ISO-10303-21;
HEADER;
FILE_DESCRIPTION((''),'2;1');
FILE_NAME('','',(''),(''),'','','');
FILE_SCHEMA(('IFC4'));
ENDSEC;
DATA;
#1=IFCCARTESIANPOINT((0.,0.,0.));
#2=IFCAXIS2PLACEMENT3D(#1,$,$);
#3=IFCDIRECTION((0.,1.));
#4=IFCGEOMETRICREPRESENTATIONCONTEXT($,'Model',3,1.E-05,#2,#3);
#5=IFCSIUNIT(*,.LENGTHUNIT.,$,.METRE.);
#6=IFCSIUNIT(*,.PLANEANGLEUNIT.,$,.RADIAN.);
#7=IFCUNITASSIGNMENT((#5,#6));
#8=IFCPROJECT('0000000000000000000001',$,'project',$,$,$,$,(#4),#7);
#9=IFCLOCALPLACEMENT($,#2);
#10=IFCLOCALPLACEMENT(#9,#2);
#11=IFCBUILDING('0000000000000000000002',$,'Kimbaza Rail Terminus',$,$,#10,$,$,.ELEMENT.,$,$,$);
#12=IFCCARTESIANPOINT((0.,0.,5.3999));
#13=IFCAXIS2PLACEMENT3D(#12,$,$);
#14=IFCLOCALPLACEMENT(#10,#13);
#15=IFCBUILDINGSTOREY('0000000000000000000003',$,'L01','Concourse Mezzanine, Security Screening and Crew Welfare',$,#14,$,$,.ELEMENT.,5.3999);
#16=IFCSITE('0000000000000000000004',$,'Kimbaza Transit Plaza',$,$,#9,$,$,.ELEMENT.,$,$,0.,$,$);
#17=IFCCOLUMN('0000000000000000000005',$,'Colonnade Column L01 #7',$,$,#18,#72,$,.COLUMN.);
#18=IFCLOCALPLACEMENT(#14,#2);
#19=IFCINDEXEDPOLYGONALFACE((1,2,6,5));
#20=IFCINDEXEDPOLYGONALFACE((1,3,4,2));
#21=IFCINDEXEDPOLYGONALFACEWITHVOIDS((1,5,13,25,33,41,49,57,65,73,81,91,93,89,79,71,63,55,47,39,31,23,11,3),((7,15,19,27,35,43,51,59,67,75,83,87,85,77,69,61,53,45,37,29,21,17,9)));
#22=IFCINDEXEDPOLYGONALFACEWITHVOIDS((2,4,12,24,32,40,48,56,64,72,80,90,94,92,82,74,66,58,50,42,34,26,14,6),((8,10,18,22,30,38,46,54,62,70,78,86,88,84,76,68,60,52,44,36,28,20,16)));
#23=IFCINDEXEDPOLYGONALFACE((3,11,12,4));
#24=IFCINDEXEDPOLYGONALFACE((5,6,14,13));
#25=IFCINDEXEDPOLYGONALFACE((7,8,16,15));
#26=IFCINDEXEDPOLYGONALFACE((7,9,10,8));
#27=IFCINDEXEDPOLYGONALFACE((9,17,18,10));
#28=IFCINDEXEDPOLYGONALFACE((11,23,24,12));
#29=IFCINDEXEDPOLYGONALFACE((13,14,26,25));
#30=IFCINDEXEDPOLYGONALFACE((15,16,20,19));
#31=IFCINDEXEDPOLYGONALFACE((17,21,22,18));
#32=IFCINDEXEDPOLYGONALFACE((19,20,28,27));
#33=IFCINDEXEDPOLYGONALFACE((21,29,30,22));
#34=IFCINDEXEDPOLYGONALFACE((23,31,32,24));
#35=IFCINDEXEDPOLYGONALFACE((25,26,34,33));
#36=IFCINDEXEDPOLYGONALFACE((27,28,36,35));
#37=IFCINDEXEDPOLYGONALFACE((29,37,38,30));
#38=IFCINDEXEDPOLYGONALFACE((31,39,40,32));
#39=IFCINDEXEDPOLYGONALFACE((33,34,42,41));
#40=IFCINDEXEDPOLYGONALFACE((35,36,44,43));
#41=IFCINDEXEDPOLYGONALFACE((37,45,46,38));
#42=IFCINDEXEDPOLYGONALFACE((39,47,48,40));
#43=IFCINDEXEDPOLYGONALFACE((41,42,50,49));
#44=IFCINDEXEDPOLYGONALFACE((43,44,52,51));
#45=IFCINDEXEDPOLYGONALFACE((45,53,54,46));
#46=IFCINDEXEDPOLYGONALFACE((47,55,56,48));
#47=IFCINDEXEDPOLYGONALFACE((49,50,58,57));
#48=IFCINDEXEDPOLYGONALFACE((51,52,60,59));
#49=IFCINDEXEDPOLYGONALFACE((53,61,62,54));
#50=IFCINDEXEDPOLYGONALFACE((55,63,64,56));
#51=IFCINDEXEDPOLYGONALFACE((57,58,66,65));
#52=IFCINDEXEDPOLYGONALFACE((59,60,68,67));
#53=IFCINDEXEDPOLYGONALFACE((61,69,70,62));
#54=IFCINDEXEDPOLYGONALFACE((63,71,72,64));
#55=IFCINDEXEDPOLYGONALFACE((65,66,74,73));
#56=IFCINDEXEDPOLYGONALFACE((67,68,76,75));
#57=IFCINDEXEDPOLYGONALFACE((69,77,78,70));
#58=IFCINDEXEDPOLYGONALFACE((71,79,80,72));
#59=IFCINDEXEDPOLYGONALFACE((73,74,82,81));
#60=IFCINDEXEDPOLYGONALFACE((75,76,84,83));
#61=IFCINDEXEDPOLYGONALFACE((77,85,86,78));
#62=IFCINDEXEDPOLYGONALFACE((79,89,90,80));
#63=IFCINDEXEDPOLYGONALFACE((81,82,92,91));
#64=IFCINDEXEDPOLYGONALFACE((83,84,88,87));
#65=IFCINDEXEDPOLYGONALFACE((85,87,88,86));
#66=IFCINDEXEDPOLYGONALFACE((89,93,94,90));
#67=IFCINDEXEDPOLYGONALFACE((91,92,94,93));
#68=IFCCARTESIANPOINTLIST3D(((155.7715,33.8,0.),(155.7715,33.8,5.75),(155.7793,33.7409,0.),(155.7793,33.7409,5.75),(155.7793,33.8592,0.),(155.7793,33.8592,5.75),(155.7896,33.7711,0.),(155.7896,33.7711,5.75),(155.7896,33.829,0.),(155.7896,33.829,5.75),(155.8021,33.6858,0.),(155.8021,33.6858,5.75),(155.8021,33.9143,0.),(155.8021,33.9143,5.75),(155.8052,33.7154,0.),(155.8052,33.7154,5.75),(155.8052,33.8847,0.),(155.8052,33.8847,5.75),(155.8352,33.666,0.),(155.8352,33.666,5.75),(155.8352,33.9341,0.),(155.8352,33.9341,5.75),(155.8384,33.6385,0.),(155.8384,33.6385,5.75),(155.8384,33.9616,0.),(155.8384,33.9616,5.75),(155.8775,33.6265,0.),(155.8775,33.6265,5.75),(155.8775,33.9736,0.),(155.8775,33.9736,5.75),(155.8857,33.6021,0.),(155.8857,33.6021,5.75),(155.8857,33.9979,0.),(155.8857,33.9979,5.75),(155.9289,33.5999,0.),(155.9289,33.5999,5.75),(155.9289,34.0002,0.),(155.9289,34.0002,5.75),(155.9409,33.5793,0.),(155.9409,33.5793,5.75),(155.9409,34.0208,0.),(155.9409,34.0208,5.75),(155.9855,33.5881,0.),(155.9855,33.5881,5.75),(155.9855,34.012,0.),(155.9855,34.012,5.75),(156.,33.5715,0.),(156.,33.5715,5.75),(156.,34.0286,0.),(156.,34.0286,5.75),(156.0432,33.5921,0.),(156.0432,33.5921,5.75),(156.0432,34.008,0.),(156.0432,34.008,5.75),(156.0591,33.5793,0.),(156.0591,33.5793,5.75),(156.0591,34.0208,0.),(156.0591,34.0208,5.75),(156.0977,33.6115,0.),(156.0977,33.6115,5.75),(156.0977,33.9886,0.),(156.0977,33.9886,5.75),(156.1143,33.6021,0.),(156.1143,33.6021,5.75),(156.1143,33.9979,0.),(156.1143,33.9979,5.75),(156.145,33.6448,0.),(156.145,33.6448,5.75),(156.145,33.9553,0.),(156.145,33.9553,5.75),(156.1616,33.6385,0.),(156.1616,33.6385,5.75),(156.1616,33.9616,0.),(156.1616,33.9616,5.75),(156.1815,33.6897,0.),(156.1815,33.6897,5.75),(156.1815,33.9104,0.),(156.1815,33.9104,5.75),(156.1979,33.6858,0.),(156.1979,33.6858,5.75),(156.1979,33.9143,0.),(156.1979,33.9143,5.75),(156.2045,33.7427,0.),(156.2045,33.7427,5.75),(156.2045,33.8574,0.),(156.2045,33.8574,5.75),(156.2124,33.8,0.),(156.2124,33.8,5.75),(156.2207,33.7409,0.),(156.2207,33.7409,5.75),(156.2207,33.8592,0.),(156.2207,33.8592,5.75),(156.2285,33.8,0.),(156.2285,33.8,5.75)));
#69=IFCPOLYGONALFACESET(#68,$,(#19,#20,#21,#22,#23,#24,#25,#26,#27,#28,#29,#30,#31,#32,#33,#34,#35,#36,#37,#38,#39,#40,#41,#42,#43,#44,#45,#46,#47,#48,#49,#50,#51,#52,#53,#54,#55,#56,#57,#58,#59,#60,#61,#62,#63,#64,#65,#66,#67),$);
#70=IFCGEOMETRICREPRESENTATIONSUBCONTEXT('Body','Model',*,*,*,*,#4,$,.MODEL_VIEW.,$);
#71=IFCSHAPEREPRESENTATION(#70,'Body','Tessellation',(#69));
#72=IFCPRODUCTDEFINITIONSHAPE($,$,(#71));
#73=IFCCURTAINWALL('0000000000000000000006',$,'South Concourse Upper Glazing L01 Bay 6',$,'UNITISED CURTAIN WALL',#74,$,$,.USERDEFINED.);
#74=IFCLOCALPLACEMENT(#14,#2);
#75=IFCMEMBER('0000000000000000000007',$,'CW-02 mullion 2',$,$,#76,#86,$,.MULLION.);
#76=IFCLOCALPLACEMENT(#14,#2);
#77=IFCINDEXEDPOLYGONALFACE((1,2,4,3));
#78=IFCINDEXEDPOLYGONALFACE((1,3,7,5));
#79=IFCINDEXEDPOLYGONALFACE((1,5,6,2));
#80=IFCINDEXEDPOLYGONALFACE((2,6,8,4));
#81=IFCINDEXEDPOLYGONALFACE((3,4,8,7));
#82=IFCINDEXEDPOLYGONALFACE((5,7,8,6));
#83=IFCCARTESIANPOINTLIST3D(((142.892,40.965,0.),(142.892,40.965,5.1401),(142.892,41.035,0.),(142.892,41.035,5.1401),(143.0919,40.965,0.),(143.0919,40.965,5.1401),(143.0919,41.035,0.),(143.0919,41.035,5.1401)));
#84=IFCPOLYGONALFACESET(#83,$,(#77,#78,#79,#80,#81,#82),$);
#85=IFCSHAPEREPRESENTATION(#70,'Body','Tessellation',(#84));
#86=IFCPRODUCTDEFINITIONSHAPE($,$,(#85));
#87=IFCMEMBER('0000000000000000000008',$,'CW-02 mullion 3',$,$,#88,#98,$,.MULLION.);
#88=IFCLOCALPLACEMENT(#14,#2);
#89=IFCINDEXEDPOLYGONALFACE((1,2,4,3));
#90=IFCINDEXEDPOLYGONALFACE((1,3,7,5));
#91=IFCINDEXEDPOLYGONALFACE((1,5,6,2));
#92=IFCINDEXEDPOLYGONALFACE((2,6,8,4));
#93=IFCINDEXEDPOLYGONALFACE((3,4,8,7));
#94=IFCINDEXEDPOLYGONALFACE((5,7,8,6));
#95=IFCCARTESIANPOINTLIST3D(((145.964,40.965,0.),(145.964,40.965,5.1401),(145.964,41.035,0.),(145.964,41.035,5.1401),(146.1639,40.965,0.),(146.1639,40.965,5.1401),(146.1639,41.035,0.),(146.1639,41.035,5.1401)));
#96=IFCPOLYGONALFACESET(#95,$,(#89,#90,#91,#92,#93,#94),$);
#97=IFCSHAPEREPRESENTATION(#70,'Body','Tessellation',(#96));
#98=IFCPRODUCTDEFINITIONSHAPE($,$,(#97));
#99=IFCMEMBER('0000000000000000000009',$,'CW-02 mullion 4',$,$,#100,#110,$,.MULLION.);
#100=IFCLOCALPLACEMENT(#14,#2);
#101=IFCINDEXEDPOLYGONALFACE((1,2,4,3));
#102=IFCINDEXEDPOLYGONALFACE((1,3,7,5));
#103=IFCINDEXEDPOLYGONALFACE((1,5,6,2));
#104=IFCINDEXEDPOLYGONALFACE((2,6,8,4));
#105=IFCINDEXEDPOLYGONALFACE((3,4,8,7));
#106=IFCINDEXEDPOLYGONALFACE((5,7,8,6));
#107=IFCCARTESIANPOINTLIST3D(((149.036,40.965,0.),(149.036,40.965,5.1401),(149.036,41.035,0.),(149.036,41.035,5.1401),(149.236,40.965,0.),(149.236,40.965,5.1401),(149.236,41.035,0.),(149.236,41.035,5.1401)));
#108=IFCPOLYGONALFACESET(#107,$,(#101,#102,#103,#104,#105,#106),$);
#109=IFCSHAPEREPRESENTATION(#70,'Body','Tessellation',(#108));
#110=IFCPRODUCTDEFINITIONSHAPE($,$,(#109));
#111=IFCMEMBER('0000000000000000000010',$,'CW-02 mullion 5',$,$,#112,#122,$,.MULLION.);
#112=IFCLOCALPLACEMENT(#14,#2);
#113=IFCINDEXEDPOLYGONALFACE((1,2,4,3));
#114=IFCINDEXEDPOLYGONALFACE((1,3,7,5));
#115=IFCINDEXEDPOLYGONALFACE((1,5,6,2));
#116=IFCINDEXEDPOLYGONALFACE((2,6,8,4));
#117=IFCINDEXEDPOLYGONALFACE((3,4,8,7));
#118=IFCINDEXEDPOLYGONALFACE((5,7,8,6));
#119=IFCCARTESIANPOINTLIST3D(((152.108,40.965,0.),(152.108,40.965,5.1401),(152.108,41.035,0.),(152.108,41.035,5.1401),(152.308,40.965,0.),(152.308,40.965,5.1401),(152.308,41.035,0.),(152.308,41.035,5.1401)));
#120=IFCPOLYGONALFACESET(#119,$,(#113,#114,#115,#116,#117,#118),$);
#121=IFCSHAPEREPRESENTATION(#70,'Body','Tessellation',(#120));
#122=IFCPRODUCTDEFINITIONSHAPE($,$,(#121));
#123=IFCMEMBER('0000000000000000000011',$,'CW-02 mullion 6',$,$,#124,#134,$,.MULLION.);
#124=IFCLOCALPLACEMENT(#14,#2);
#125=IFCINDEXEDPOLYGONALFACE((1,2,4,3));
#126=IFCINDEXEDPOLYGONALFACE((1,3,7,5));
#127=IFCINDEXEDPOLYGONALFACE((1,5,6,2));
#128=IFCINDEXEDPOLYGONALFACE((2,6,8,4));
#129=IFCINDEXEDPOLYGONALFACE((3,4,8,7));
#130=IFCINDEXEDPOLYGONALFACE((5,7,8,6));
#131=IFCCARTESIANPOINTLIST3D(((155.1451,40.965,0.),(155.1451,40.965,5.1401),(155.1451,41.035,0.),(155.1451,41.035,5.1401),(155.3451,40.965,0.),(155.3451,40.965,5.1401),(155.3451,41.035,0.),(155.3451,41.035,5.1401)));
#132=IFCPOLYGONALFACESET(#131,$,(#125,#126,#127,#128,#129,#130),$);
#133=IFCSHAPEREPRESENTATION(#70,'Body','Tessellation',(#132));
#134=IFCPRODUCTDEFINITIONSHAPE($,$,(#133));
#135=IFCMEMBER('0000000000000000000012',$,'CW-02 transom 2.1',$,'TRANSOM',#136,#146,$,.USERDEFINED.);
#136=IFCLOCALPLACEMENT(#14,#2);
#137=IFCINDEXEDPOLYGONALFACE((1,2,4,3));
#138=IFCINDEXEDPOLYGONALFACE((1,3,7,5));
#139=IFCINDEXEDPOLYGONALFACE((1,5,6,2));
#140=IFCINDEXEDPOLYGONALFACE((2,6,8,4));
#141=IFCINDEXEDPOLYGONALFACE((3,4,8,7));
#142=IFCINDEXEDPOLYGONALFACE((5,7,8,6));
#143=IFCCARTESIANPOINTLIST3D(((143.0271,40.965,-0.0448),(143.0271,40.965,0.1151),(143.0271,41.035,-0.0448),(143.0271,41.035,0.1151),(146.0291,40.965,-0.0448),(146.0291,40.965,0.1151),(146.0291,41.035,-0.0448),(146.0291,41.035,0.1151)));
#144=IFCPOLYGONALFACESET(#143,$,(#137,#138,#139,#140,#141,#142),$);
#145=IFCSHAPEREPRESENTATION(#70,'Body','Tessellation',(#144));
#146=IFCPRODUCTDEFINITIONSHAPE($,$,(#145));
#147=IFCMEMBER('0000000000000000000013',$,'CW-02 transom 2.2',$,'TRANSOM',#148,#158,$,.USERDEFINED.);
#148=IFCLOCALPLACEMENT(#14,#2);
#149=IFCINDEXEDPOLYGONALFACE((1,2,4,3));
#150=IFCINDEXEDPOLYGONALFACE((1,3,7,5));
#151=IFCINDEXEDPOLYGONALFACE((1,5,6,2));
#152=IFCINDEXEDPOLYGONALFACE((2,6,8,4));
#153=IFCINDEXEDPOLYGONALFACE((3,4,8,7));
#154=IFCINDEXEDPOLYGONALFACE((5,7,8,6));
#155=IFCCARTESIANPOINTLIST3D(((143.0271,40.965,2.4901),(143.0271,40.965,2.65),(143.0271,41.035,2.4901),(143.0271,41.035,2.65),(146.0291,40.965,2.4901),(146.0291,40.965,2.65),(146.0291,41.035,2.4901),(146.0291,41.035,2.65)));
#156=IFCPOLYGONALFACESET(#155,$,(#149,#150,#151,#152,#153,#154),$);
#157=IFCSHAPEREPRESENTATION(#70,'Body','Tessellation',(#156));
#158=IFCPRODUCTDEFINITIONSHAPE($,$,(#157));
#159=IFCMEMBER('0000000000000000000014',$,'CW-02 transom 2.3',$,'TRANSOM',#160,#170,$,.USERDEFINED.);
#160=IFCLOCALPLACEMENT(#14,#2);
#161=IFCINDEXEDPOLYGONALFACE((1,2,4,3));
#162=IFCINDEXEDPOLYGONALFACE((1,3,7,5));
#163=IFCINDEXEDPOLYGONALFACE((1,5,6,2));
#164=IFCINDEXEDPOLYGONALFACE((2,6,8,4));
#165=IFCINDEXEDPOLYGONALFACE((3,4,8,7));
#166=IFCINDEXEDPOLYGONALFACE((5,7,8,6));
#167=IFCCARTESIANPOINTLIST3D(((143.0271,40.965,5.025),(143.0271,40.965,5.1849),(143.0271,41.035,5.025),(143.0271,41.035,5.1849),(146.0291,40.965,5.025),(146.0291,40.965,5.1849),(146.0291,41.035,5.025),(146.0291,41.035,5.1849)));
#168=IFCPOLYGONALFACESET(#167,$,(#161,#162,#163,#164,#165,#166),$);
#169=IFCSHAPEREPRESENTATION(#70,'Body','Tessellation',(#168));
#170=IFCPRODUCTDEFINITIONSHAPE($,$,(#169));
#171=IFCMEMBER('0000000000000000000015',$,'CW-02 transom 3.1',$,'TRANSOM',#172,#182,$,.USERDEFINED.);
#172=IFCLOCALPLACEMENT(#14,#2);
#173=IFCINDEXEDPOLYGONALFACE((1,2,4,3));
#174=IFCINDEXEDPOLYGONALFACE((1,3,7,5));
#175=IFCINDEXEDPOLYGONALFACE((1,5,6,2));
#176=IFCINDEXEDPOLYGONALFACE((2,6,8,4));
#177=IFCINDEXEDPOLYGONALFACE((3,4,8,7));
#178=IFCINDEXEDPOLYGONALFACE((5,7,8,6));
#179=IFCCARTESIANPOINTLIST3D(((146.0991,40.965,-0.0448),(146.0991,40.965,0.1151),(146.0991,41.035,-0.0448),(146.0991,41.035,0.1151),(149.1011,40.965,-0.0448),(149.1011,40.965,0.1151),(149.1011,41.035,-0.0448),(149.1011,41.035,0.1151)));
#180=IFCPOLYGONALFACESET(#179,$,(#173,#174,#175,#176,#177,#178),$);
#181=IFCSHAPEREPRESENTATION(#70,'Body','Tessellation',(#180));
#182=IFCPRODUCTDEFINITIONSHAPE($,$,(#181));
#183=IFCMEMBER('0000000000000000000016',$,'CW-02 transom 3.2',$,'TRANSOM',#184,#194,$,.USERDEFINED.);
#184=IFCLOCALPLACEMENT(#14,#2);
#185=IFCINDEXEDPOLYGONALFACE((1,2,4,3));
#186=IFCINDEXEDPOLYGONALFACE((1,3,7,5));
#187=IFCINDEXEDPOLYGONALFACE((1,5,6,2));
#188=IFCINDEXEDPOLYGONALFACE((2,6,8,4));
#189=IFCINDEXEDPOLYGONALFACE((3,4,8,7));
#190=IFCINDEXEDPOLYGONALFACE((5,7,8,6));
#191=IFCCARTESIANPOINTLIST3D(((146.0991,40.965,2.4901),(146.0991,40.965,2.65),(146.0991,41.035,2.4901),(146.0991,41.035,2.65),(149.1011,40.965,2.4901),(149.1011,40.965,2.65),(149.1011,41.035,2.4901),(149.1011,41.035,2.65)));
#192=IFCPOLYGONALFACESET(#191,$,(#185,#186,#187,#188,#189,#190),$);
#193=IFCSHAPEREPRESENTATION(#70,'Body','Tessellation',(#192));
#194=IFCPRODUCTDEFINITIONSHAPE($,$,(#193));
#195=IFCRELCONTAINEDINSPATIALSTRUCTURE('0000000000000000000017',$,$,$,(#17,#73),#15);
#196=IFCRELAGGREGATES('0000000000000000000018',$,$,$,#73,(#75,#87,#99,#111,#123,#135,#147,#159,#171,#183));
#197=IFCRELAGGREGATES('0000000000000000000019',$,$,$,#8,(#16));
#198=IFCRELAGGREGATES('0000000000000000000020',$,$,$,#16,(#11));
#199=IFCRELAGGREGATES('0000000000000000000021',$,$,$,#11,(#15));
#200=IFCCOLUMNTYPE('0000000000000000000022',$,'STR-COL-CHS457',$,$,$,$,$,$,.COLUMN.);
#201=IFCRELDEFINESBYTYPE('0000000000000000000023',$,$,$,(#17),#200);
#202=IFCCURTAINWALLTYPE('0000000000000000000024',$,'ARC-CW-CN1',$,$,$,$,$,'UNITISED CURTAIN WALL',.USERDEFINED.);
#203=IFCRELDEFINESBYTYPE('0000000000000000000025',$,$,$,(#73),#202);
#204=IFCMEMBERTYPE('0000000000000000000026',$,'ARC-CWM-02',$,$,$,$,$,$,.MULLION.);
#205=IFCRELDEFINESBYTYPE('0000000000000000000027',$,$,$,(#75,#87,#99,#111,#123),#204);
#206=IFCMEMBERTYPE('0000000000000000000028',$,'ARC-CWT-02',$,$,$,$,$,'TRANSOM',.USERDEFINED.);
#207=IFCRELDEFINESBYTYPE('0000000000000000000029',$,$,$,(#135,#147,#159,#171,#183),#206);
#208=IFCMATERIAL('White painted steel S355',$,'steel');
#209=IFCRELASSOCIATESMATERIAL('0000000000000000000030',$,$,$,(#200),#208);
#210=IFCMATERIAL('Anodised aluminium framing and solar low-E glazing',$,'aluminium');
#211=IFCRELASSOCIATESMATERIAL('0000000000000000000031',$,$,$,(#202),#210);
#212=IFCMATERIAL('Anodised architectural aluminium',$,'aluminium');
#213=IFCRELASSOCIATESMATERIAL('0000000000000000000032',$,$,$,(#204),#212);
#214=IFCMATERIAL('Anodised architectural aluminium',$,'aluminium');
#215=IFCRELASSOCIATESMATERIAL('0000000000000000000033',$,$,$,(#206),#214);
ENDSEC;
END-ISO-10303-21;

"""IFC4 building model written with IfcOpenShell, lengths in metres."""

from ifc_helpers import new_model, si_unit, direction, frame, origin, origin_2d, place, context, subcontext, project, spatial, rectangle, hollow_circle, extrude, material, material_profile, profile_set, type_object, element, aggregate, save


model = new_model("IFC4")

# Units and contexts
model_context = context("Model", 3, precision=1e-05, world=origin(), true_north=direction((0.0, 1.0)))
body_context = subcontext(model_context, "Body", "Model", "MODEL_VIEW")
ifc_project = project(units=[si_unit("LENGTHUNIT", "METRE"), si_unit("PLANEANGLEUNIT", "RADIAN")], contexts=[model_context])

# Site, building, storey
site_placement = place(None, origin())
site = spatial("IfcSite", under=ifc_project, at=site_placement, Name="Kimbaza Transit Plaza", CompositionType="ELEMENT", RefElevation=0.0)
building_placement = place(site_placement, origin())
building = spatial("IfcBuilding", under=site, at=building_placement, Name="Kimbaza Rail Terminus", CompositionType="ELEMENT")
storey_placement = place(building_placement, frame((0.0, 0.0, 5.3999)))
storey = spatial("IfcBuildingStorey", under=building, at=storey_placement, Name="L01", Description="Concourse Mezzanine, Security Screening and Crew Welfare", CompositionType="ELEMENT", Elevation=5.3999)

# Column
ifc_material_1 = material(Name="White painted steel S355", Category="steel")
ifc_material_profile_1 = material_profile(ifc_material_1, hollow_circle(Radius=0.2285, WallThickness=0.0161, at=origin_2d()), Name="CHS 457x16")
ifc_profile_set_1 = profile_set([ifc_material_profile_1], Name="White painted steel S355")
column_type = type_object("IfcColumnType", Name="STR-COL-CHS457", PredefinedType="COLUMN", material=ifc_profile_set_1)
column_placement = place(storey_placement, frame((156.0, 33.8, 0.0), z_axis=(0.0, 0.0, 1.0), x_axis=(1.0, 0.0, 0.0)))
element("IfcColumn", 1, at=column_placement, inside=storey, type_object=column_type, Name="Colonnade Column L01 #7", PredefinedType="COLUMN", context=body_context, shape_type="SweptSolid", body=[
    extrude(hollow_circle(Radius=0.2285, WallThickness=0.0161, at=origin_2d()), origin(), (0.0, 0.0, 1.0), 5.75),
])

# Curtain wall, members
ifc_material_2 = material(Name="Anodised aluminium framing and solar low-E glazing", Category="aluminium")
curtain_wall_type = type_object("IfcCurtainWallType", Name="ARC-CW-CN1", ElementType="UNITISED CURTAIN WALL", PredefinedType="USERDEFINED", material=ifc_material_2)
curtain_wall_placement = place(storey_placement, origin())
curtain_wall = element("IfcCurtainWall", 2, at=curtain_wall_placement, inside=storey, type_object=curtain_wall_type, Name="South Concourse Upper Glazing L01 Bay 6", ObjectType="UNITISED CURTAIN WALL", PredefinedType="USERDEFINED")
ifc_material_3 = material(Name="Anodised architectural aluminium", Category="aluminium")
ifc_material_profile_2 = material_profile(ifc_material_3, rectangle(XDim=0.0701, YDim=0.2, at=origin_2d()), Name="MULLION 70x200")
ifc_profile_set_2 = profile_set([ifc_material_profile_2], Name="Anodised architectural aluminium")
member_type_1 = type_object("IfcMemberType", Name="ARC-CWM-02", PredefinedType="MULLION", material=ifc_profile_set_2)
member_1_placement = place(storey_placement, frame((142.9919, 41.0, 0.0), z_axis=(0.0, 0.0, 1.0), x_axis=(0.0, 1.0, 0.0)))
member_1 = element("IfcMember", 3, at=member_1_placement, type_object=member_type_1, Name="CW-02 mullion 2", PredefinedType="MULLION", context=body_context, shape_type="SweptSolid", body=[
    extrude(rectangle(XDim=0.0701, YDim=0.2, at=origin_2d()), origin(), (0.0, 0.0, 1.0), 5.1401),
])
member_2_placement = place(storey_placement, frame((146.064, 41.0, 0.0), z_axis=(0.0, 0.0, 1.0), x_axis=(0.0, 1.0, 0.0)))
member_2 = element("IfcMember", 4, at=member_2_placement, type_object=member_type_1, Name="CW-02 mullion 3", PredefinedType="MULLION", context=body_context, shape_type="SweptSolid", body=[
    extrude(rectangle(XDim=0.0701, YDim=0.2, at=origin_2d()), origin(), (0.0, 0.0, 1.0), 5.1401),
])
member_3_placement = place(storey_placement, frame((149.136, 41.0, 0.0), z_axis=(0.0, 0.0, 1.0), x_axis=(0.0, 1.0, 0.0)))
member_3 = element("IfcMember", 5, at=member_3_placement, type_object=member_type_1, Name="CW-02 mullion 4", PredefinedType="MULLION", context=body_context, shape_type="SweptSolid", body=[
    extrude(rectangle(XDim=0.0701, YDim=0.2, at=origin_2d()), origin(), (0.0, 0.0, 1.0), 5.1401),
])
member_4_placement = place(storey_placement, frame((152.208, 41.0, 0.0), z_axis=(0.0, 0.0, 1.0), x_axis=(0.0, 1.0, 0.0)))
member_4 = element("IfcMember", 6, at=member_4_placement, type_object=member_type_1, Name="CW-02 mullion 5", PredefinedType="MULLION", context=body_context, shape_type="SweptSolid", body=[
    extrude(rectangle(XDim=0.0701, YDim=0.2, at=origin_2d()), origin(), (0.0, 0.0, 1.0), 5.1401),
])
member_5_placement = place(storey_placement, frame((155.2451, 41.0, 0.0), z_axis=(0.0, 0.0, 1.0), x_axis=(0.0, 1.0, 0.0)))
member_5 = element("IfcMember", 7, at=member_5_placement, type_object=member_type_1, Name="CW-02 mullion 6", PredefinedType="MULLION", context=body_context, shape_type="SweptSolid", body=[
    extrude(rectangle(XDim=0.0701, YDim=0.2, at=origin_2d()), origin(), (0.0, 0.0, 1.0), 5.1401),
])
ifc_material_4 = material(Name="Anodised architectural aluminium", Category="aluminium")
ifc_material_profile_3 = material_profile(ifc_material_4, rectangle(XDim=0.0701, YDim=0.1599, at=origin_2d()), Name="TRANSOM 70x160")
ifc_profile_set_3 = profile_set([ifc_material_profile_3], Name="Anodised architectural aluminium")
member_type_2 = type_object("IfcMemberType", Name="ARC-CWT-02", ElementType="TRANSOM", PredefinedType="USERDEFINED", material=ifc_profile_set_3)
member_6_placement = place(storey_placement, frame((143.0271, 41.0, 0.0352), z_axis=(1.0, 0.0, 0.0), x_axis=(0.0, 1.0, 0.0)))
member_6 = element("IfcMember", 8, at=member_6_placement, type_object=member_type_2, Name="CW-02 transom 2.1", ObjectType="TRANSOM", PredefinedType="USERDEFINED", context=body_context, shape_type="SweptSolid", body=[
    extrude(rectangle(XDim=0.0701, YDim=0.1599, at=origin_2d()), origin(), (0.0, 0.0, 1.0), 3.002),
])
member_7_placement = place(storey_placement, frame((143.0271, 41.0, 2.5701), z_axis=(1.0, 0.0, 0.0), x_axis=(0.0, 1.0, 0.0)))
member_7 = element("IfcMember", 9, at=member_7_placement, type_object=member_type_2, Name="CW-02 transom 2.2", ObjectType="TRANSOM", PredefinedType="USERDEFINED", context=body_context, shape_type="SweptSolid", body=[
    extrude(rectangle(XDim=0.0701, YDim=0.1599, at=origin_2d()), origin(), (0.0, 0.0, 1.0), 3.002),
])
member_8_placement = place(storey_placement, frame((143.0271, 41.0, 5.105), z_axis=(1.0, 0.0, 0.0), x_axis=(0.0, 1.0, 0.0)))
member_8 = element("IfcMember", 10, at=member_8_placement, type_object=member_type_2, Name="CW-02 transom 2.3", ObjectType="TRANSOM", PredefinedType="USERDEFINED", context=body_context, shape_type="SweptSolid", body=[
    extrude(rectangle(XDim=0.0701, YDim=0.1599, at=origin_2d()), origin(), (0.0, 0.0, 1.0), 3.002),
])
member_9_placement = place(storey_placement, frame((146.0991, 41.0, 0.0352), z_axis=(1.0, 0.0, 0.0), x_axis=(0.0, 1.0, 0.0)))
member_9 = element("IfcMember", 11, at=member_9_placement, type_object=member_type_2, Name="CW-02 transom 3.1", ObjectType="TRANSOM", PredefinedType="USERDEFINED", context=body_context, shape_type="SweptSolid", body=[
    extrude(rectangle(XDim=0.0701, YDim=0.1599, at=origin_2d()), origin(), (0.0, 0.0, 1.0), 3.002),
])
member_10_placement = place(storey_placement, frame((146.0991, 41.0, 2.5701), z_axis=(1.0, 0.0, 0.0), x_axis=(0.0, 1.0, 0.0)))
member_10 = element("IfcMember", 12, at=member_10_placement, type_object=member_type_2, Name="CW-02 transom 3.2", ObjectType="TRANSOM", PredefinedType="USERDEFINED", context=body_context, shape_type="SweptSolid", body=[
    extrude(rectangle(XDim=0.0701, YDim=0.1599, at=origin_2d()), origin(), (0.0, 0.0, 1.0), 3.002),
])
aggregate(curtain_wall, [member_1, member_2, member_3, member_4, member_5, member_6, member_7, member_8, member_9, member_10])

save(model, "model.ifc")
